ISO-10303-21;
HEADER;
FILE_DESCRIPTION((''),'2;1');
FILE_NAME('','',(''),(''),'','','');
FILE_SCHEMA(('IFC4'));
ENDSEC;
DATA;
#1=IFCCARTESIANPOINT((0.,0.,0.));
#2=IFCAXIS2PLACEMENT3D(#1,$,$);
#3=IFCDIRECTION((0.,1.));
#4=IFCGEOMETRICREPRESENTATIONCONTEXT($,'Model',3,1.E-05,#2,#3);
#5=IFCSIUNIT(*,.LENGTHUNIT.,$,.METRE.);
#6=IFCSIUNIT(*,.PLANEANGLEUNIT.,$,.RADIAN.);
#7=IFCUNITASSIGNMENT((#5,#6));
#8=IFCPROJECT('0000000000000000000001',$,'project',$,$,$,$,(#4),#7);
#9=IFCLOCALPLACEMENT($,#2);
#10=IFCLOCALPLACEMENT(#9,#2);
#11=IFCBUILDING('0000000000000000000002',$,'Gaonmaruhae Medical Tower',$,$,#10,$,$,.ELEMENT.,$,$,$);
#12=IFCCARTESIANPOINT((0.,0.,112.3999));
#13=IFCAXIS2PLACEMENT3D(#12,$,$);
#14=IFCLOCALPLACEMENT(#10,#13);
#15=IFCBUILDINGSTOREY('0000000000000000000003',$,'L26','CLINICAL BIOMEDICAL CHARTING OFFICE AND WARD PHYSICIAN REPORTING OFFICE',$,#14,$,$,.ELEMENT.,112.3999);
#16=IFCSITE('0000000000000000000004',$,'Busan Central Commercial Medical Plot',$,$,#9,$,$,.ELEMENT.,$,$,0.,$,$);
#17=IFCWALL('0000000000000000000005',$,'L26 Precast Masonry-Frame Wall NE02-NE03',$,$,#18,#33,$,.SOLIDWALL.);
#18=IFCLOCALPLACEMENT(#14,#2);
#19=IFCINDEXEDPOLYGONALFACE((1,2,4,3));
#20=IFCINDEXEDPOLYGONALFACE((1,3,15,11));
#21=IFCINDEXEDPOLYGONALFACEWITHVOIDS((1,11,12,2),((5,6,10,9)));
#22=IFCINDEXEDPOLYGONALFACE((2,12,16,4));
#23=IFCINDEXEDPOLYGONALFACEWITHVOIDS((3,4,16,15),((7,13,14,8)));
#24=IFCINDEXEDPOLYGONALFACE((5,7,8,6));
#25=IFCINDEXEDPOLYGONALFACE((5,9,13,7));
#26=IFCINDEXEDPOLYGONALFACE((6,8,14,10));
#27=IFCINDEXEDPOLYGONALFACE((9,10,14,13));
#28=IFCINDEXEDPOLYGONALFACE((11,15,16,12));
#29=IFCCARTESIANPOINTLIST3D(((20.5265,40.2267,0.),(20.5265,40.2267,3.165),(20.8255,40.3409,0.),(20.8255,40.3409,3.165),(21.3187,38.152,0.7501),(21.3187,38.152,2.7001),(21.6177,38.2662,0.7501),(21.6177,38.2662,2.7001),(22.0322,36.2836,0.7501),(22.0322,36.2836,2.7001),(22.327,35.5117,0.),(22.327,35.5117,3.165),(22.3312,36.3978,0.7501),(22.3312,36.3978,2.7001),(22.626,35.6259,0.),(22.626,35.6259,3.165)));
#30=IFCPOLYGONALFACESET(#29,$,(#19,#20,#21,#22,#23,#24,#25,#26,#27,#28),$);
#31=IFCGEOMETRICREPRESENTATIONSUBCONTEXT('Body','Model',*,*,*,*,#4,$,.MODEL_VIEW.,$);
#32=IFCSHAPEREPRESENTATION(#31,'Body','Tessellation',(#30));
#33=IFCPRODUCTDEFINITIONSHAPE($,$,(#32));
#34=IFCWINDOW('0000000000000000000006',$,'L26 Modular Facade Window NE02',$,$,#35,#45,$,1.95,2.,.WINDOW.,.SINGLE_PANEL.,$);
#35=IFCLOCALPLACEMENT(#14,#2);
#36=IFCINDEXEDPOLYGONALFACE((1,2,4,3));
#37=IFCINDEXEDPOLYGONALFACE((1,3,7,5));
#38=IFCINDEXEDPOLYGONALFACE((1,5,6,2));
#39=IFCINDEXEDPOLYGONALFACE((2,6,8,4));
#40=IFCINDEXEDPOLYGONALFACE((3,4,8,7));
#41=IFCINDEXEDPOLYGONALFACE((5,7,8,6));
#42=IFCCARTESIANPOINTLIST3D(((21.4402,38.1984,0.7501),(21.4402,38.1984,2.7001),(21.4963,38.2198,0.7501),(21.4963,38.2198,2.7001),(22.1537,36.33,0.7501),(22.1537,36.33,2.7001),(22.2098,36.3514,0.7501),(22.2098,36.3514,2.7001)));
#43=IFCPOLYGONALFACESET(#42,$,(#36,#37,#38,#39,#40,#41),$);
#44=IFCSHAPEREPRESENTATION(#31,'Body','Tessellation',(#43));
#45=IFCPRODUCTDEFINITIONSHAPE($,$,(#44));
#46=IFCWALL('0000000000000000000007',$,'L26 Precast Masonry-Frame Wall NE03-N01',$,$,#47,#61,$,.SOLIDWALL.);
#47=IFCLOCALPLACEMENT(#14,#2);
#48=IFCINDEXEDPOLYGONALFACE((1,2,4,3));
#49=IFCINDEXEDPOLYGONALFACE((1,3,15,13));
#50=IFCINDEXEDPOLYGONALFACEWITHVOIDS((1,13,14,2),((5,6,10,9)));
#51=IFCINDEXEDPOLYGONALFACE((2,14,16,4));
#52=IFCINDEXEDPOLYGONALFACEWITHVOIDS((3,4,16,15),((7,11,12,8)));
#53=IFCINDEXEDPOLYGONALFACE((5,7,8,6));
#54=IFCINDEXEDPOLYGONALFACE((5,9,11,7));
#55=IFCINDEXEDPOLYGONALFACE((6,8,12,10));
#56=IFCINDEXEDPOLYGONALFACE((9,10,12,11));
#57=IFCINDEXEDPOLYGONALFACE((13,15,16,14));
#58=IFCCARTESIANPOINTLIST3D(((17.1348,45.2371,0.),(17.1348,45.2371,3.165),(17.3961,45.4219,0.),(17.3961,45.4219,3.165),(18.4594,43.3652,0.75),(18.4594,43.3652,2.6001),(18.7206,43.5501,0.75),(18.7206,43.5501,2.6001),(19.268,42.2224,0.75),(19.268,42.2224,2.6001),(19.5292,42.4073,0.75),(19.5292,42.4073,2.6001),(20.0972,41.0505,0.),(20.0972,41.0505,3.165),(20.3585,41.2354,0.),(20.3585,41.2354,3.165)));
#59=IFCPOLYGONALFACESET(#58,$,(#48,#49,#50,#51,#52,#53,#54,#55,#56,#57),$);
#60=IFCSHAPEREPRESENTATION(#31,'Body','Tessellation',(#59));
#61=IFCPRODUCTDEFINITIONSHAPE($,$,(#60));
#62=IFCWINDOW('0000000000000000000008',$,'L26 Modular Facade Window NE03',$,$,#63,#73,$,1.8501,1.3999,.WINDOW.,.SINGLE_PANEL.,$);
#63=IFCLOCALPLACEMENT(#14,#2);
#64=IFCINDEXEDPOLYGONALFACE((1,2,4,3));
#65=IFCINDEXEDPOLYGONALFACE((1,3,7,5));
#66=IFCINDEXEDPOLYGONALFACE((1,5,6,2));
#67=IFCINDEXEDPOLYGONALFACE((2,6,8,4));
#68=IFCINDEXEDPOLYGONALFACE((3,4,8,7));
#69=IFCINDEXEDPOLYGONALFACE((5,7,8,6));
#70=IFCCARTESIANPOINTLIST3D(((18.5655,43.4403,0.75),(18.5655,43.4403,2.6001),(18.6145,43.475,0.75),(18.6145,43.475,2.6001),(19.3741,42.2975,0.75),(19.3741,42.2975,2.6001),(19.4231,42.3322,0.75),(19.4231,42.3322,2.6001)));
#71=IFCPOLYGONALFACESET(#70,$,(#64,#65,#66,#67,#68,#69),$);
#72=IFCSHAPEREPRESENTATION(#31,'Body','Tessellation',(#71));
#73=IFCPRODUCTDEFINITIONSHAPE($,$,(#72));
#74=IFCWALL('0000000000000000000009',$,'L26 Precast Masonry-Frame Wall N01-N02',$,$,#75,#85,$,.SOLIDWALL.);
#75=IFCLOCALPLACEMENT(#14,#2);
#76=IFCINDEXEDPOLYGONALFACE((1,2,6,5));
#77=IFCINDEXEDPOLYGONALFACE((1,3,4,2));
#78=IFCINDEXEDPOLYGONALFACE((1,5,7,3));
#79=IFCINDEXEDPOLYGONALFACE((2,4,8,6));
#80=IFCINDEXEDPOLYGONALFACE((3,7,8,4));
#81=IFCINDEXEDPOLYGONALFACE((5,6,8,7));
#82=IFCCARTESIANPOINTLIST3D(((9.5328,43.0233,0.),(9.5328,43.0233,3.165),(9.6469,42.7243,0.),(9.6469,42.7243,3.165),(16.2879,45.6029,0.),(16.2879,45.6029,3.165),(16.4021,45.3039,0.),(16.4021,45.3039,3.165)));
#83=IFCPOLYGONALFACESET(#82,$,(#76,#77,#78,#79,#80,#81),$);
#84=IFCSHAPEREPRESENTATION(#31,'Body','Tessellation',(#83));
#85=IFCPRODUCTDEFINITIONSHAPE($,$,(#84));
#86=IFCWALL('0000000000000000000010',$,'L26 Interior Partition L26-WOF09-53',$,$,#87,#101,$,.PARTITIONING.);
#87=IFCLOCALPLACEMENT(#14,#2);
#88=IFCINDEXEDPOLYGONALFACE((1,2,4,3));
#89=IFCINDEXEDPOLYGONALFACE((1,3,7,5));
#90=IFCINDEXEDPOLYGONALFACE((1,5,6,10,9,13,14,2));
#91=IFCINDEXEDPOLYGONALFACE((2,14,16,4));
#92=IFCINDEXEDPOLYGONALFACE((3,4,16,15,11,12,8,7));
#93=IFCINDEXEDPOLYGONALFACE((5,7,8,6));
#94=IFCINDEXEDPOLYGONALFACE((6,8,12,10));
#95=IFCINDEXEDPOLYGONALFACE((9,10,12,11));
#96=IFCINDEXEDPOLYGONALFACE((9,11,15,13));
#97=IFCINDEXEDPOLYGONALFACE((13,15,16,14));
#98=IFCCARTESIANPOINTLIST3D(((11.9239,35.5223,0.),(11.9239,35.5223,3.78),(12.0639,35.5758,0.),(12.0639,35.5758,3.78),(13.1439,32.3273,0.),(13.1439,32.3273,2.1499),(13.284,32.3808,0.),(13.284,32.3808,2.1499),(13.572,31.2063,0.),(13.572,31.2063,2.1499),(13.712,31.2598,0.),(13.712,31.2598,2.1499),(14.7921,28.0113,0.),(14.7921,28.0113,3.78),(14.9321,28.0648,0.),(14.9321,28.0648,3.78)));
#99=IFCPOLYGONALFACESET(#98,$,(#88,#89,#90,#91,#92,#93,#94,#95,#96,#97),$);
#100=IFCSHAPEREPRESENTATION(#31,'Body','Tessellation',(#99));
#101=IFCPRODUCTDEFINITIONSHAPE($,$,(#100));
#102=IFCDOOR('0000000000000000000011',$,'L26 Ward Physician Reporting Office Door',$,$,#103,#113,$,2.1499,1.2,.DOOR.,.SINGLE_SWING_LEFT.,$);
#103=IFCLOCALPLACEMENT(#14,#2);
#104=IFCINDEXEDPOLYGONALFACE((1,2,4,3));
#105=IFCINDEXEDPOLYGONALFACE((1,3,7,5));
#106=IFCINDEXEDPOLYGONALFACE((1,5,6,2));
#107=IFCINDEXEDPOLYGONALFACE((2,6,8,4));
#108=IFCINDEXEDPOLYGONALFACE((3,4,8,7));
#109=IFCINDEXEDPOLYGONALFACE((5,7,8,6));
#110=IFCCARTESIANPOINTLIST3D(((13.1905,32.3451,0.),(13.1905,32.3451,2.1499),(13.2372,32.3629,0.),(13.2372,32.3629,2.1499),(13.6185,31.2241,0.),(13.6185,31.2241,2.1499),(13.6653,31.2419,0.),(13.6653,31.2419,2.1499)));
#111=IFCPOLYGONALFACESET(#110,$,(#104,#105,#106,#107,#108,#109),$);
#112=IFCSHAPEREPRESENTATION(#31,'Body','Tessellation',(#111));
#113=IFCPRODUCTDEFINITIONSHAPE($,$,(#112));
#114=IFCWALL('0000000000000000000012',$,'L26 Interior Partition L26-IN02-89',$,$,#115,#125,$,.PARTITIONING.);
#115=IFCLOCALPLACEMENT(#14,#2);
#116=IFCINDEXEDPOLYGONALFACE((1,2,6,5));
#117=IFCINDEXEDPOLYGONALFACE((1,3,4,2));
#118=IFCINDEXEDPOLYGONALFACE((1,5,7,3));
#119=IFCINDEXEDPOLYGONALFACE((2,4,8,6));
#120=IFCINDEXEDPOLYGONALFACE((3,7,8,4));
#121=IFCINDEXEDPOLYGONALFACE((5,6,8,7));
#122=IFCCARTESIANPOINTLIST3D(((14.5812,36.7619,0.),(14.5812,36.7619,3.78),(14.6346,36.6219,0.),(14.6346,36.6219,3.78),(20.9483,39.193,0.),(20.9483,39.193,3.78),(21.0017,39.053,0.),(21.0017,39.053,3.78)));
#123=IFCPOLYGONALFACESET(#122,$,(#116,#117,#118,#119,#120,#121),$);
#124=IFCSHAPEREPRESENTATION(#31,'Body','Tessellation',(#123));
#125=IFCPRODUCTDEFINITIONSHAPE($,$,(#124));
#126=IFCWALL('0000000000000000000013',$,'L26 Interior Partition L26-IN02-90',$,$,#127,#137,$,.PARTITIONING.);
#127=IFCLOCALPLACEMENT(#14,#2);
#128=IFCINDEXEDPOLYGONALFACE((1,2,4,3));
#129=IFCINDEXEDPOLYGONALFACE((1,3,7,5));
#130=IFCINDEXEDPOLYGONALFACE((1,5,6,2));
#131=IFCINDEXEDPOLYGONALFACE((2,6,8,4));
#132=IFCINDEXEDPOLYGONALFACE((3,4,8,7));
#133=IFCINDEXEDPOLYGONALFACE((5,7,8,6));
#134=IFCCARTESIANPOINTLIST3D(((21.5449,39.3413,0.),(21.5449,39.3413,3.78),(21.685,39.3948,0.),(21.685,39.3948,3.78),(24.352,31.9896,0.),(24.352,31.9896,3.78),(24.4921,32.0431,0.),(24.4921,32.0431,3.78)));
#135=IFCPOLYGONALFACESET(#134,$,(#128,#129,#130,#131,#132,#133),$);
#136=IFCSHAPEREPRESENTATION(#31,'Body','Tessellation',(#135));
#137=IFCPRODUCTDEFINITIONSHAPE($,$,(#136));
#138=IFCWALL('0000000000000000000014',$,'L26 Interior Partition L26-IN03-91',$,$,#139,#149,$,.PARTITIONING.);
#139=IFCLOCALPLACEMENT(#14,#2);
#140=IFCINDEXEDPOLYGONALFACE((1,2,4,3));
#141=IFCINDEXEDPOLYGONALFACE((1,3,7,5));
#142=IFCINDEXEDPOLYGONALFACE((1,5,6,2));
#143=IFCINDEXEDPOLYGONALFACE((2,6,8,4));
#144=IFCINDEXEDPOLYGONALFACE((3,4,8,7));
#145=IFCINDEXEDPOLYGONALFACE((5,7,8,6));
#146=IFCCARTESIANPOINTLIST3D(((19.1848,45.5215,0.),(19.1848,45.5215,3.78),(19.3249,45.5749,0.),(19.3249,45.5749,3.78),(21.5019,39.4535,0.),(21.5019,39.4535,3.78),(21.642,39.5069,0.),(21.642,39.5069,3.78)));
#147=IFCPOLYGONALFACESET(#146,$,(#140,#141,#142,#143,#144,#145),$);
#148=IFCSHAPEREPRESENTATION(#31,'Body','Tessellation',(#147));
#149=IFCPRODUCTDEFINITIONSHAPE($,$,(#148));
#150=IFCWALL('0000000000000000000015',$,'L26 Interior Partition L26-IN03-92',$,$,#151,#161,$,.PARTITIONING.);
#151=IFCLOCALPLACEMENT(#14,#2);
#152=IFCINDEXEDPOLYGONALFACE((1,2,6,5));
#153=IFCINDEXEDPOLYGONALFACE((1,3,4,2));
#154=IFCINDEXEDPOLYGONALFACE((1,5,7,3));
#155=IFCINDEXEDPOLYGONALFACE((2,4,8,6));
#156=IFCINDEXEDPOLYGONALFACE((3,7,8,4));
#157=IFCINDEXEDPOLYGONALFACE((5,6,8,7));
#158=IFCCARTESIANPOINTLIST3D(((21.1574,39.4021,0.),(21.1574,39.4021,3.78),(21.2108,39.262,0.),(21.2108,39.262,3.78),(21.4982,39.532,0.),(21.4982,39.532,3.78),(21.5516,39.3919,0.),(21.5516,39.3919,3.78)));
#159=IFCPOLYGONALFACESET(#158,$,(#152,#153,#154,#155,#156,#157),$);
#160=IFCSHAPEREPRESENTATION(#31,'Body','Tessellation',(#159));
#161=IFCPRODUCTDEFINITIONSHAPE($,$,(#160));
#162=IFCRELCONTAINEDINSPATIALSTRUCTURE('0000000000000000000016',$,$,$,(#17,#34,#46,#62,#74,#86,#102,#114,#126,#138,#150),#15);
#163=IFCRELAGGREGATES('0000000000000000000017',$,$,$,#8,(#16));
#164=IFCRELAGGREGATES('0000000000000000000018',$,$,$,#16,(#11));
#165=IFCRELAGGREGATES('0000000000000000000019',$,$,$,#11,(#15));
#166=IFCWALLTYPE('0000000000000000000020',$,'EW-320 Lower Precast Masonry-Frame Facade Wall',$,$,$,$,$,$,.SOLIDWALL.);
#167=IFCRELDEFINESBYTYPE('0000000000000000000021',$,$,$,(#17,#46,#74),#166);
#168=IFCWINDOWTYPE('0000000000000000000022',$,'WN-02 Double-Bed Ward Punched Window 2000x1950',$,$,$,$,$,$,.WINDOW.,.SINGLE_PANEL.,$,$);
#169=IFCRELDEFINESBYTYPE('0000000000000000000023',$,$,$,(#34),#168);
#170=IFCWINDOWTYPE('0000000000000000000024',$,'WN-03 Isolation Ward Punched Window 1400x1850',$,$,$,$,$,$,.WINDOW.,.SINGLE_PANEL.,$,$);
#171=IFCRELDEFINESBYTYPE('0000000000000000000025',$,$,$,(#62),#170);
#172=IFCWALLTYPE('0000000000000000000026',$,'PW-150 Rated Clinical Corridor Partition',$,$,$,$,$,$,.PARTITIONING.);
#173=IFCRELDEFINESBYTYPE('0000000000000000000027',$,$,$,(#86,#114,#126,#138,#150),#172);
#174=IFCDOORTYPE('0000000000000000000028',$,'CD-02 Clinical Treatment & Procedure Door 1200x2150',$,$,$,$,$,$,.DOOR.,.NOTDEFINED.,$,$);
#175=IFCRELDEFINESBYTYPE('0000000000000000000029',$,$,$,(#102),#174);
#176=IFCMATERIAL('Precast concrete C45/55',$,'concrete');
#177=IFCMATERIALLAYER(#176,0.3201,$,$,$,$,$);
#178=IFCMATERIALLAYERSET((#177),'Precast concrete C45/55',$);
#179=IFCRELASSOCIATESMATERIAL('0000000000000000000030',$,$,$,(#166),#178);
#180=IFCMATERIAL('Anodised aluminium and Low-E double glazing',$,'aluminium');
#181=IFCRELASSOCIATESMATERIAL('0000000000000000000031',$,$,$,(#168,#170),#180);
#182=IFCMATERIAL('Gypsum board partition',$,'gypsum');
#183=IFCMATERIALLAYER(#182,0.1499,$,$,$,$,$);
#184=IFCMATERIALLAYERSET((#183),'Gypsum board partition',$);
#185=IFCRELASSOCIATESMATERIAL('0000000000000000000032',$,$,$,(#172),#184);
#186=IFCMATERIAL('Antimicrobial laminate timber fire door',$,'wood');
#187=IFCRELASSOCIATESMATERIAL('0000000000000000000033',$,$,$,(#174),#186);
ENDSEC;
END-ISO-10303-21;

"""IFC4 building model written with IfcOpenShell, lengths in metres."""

from ifc_helpers import new_model, si_unit, direction, frame, frame_2d, origin, place, context, subcontext, project, spatial, rectangle, extrude, material, layer, layer_set, type_object, element, fill, save


model = new_model("IFC4")

# Units and contexts
model_context = context("Model", 3, precision=1e-05, world=origin(), true_north=direction((0.0, 1.0)))
body_context = subcontext(model_context, "Body", "Model", "MODEL_VIEW")
ifc_project = project(units=[si_unit("LENGTHUNIT", "METRE"), si_unit("PLANEANGLEUNIT", "RADIAN")], contexts=[model_context])

# Site, building, storey
site_placement = place(None, origin())
site = spatial("IfcSite", under=ifc_project, at=site_placement, Name="Busan Central Commercial Medical Plot", CompositionType="ELEMENT", RefElevation=0.0)
building_placement = place(site_placement, origin())
building = spatial("IfcBuilding", under=site, at=building_placement, Name="Gaonmaruhae Medical Tower", CompositionType="ELEMENT")
storey_placement = place(building_placement, frame((0.0, 0.0, 112.3999)))
storey = spatial("IfcBuildingStorey", under=building, at=storey_placement, Name="L26", Description="CLINICAL BIOMEDICAL CHARTING OFFICE AND WARD PHYSICIAN REPORTING OFFICE", CompositionType="ELEMENT", Elevation=112.3999)

# Walls, openings, windows
ifc_material_1 = material(Name="Precast concrete C45/55", Category="concrete")
ifc_layer_1 = layer(ifc_material_1, 0.3201)
ifc_layer_set_1 = layer_set([ifc_layer_1], Name="Precast concrete C45/55")
wall_type_1 = type_object("IfcWallType", Name="EW-320 Lower Precast Masonry-Frame Facade Wall", PredefinedType="SOLIDWALL", material=ifc_layer_set_1)
wall_1_placement = place(storey_placement, frame((20.676, 40.2837, 0.0), z_axis=(0.0, 0.0, 1.0), x_axis=(0.356741, -0.934203, 0.0)))
wall_1 = element("IfcWall", 1, at=wall_1_placement, inside=storey, type_object=wall_type_1, Name="L26 Precast Masonry-Frame Wall NE02-NE03", PredefinedType="SOLIDWALL", context=body_context, shape_type="SweptSolid", body=[
    extrude(rectangle(XDim=5.0471, YDim=0.3201, at=frame_2d((2.5234, 0.0))), origin(), (0.0, 0.0, 1.0), 3.165),
])
opening_1_placement = place(wall_1_placement, frame((2.2207, 0.0, 0.75)))
opening_1 = element("IfcOpeningElement", 2, at=opening_1_placement, cuts=wall_1, PredefinedType="OPENING", context=body_context, shape_type="SweptSolid", body=[
    extrude(rectangle(XDim=2.0, YDim=1.95, at=frame_2d((1.0, 0.9751))), frame((0.0, 0.1699, 0.0), z_axis=(0.0, -1.0, 0.0), x_axis=(1.0, 0.0, 0.0)), (0.0, 0.0, 1.0), 0.3401),
])
ifc_material_2 = material(Name="Anodised aluminium and Low-E double glazing", Category="aluminium")
window_type_1 = type_object("IfcWindowType", Name="WN-02 Double-Bed Ward Punched Window 2000x1950", PartitioningType="SINGLE_PANEL", PredefinedType="WINDOW", material=ifc_material_2)
window_1_placement = place(opening_1_placement, origin())
window_1 = element("IfcWindow", 3, at=window_1_placement, inside=storey, type_object=window_type_1, Name="L26 Modular Facade Window NE02", OverallHeight=1.95, OverallWidth=2.0, PartitioningType="SINGLE_PANEL", PredefinedType="WINDOW", context=body_context, shape_type="SweptSolid", body=[
    extrude(rectangle(XDim=2.0, YDim=1.95, at=frame_2d((1.0, 0.9751))), frame((0.0, 0.03, 0.0), z_axis=(0.0, -1.0, 0.0), x_axis=(1.0, 0.0, 0.0)), (0.0, 0.0, 1.0), 0.0601),
])
fill(opening_1, window_1)
wall_2_placement = place(storey_placement, frame((17.2654, 45.3296, 0.0), z_axis=(0.0, 0.0, 1.0), x_axis=(0.577621, -0.816305, 0.0)))
wall_2 = element("IfcWall", 4, at=wall_2_placement, inside=storey, type_object=wall_type_1, Name="L26 Precast Masonry-Frame Wall NE03-N01", PredefinedType="SOLIDWALL", context=body_context, shape_type="SweptSolid", body=[
    extrude(rectangle(XDim=5.1287, YDim=0.3201, at=frame_2d((2.5645, 0.0))), origin(), (0.0, 0.0, 1.0), 3.165),
])
opening_2_placement = place(wall_2_placement, frame((2.2932, 0.0, 0.75)))
opening_2 = element("IfcOpeningElement", 5, at=opening_2_placement, cuts=wall_2, PredefinedType="OPENING", context=body_context, shape_type="SweptSolid", body=[
    extrude(rectangle(XDim=1.3999, YDim=1.8501, at=frame_2d((0.7, 0.925))), frame((0.0, 0.1699, 0.0), z_axis=(0.0, -1.0, 0.0), x_axis=(1.0, 0.0, 0.0)), (0.0, 0.0, 1.0), 0.3401),
])
window_type_2 = type_object("IfcWindowType", Name="WN-03 Isolation Ward Punched Window 1400x1850", PartitioningType="SINGLE_PANEL", PredefinedType="WINDOW", material=ifc_material_2)
window_2_placement = place(opening_2_placement, origin())
window_2 = element("IfcWindow", 6, at=window_2_placement, inside=storey, type_object=window_type_2, Name="L26 Modular Facade Window NE03", OverallHeight=1.8501, OverallWidth=1.3999, PartitioningType="SINGLE_PANEL", PredefinedType="WINDOW", context=body_context, shape_type="SweptSolid", body=[
    extrude(rectangle(XDim=1.3999, YDim=1.8501, at=frame_2d((0.7, 0.925))), frame((0.0, 0.03, 0.0), z_axis=(0.0, -1.0, 0.0), x_axis=(1.0, 0.0, 0.0)), (0.0, 0.0, 1.0), 0.0601),
])
fill(opening_2, window_2)

# Wall
wall_3_placement = place(storey_placement, frame((9.5898, 42.8738, 0.0), z_axis=(0.0, 0.0, 1.0), x_axis=(0.934202, 0.356745, 0.0)))
element("IfcWall", 7, at=wall_3_placement, inside=storey, type_object=wall_type_1, Name="L26 Precast Masonry-Frame Wall N01-N02", PredefinedType="SOLIDWALL", context=body_context, shape_type="SweptSolid", body=[
    extrude(rectangle(XDim=7.231, YDim=0.3201, at=frame_2d((3.6155, 0.0))), origin(), (0.0, 0.0, 1.0), 3.165),
])

# Wall, opening, door
ifc_material_3 = material(Name="Gypsum board partition", Category="gypsum")
ifc_layer_2 = layer(ifc_material_3, 0.1499)
ifc_layer_set_2 = layer_set([ifc_layer_2], Name="Gypsum board partition")
wall_type_2 = type_object("IfcWallType", Name="PW-150 Rated Clinical Corridor Partition", PredefinedType="PARTITIONING", material=ifc_layer_set_2)
wall_4_placement = place(storey_placement, frame((11.9939, 35.5491, 0.0), z_axis=(0.0, 0.0, 1.0), x_axis=(0.356738, -0.934205, 0.0)))
wall_4 = element("IfcWall", 8, at=wall_4_placement, inside=storey, type_object=wall_type_2, Name="L26 Interior Partition L26-WOF09-53", PredefinedType="PARTITIONING", context=body_context, shape_type="SweptSolid", body=[
    extrude(rectangle(XDim=8.04, YDim=0.1499, at=frame_2d((4.02, 0.0))), origin(), (0.0, 0.0, 1.0), 3.78),
])
opening_3_placement = place(wall_4_placement, frame((3.4199, 0.0, 0.0)))
opening_3 = element("IfcOpeningElement", 9, at=opening_3_placement, cuts=wall_4, PredefinedType="OPENING", context=body_context, shape_type="SweptSolid", body=[
    extrude(rectangle(XDim=1.2, YDim=2.1499, at=frame_2d((0.6001, 1.075))), frame((0.0, 0.085, 0.0), z_axis=(0.0, -1.0, 0.0), x_axis=(1.0, 0.0, 0.0)), (0.0, 0.0, 1.0), 0.1699),
])
ifc_material_4 = material(Name="Antimicrobial laminate timber fire door", Category="wood")
door_type_1 = type_object("IfcDoorType", Name="CD-02 Clinical Treatment & Procedure Door 1200x2150", OperationType="NOTDEFINED", PredefinedType="DOOR", material=ifc_material_4)
door_1_placement = place(opening_3_placement, origin())
door_1 = element("IfcDoor", 10, at=door_1_placement, inside=storey, type_object=door_type_1, Name="L26 Ward Physician Reporting Office Door", OperationType="SINGLE_SWING_LEFT", OverallHeight=2.1499, OverallWidth=1.2, PredefinedType="DOOR", context=body_context, shape_type="SweptSolid", body=[
    extrude(rectangle(XDim=1.2, YDim=2.1499, at=frame_2d((0.6001, 1.075))), frame((0.0, 0.0249, 0.0), z_axis=(0.0, -1.0, 0.0), x_axis=(1.0, 0.0, 0.0)), (0.0, 0.0, 1.0), 0.05),
])
fill(opening_3, door_1)

# Walls
wall_5_placement = place(storey_placement, frame((14.6079, 36.6919, 0.0), z_axis=(0.0, 0.0, 1.0), x_axis=(0.934216, 0.356707, 0.0)))
element("IfcWall", 11, at=wall_5_placement, inside=storey, type_object=wall_type_2, Name="L26 Interior Partition L26-IN02-89", PredefinedType="PARTITIONING", context=body_context, shape_type="SweptSolid", body=[
    extrude(rectangle(XDim=6.8154, YDim=0.1499, at=frame_2d((3.4077, 0.0))), origin(), (0.0, 0.0, 1.0), 3.78),
])
wall_6_placement = place(storey_placement, frame((21.615, 39.3679, 0.0), z_axis=(0.0, 0.0, 1.0), x_axis=(0.35671, -0.934215, 0.0)))
element("IfcWall", 12, at=wall_6_placement, inside=storey, type_object=wall_type_2, Name="L26 Interior Partition L26-IN02-90", PredefinedType="PARTITIONING", context=body_context, shape_type="SweptSolid", body=[
    extrude(rectangle(XDim=7.8694, YDim=0.1499, at=frame_2d((3.9346, 0.0))), origin(), (0.0, 0.0, 1.0), 3.78),
])
wall_7_placement = place(storey_placement, frame((19.2549, 45.5481, 0.0), z_axis=(0.0, 0.0, 1.0), x_axis=(0.356731, -0.934207, 0.0)))
element("IfcWall", 13, at=wall_7_placement, inside=storey, type_object=wall_type_2, Name="L26 Interior Partition L26-IN03-91", PredefinedType="PARTITIONING", context=body_context, shape_type="SweptSolid", body=[
    extrude(rectangle(XDim=6.4954, YDim=0.1499, at=frame_2d((3.2476, 0.0))), origin(), (0.0, 0.0, 1.0), 3.78),
])
wall_8_placement = place(storey_placement, frame((21.5249, 39.4619, 0.0), z_axis=(0.0, 0.0, 1.0), x_axis=(-0.934445, -0.356107, 0.0)))
element("IfcWall", 14, at=wall_8_placement, inside=storey, type_object=wall_type_2, Name="L26 Interior Partition L26-IN03-92", PredefinedType="PARTITIONING", context=body_context, shape_type="SweptSolid", body=[
    extrude(rectangle(XDim=0.3647, YDim=0.1499, at=frame_2d((0.1824, 0.0))), origin(), (0.0, 0.0, 1.0), 3.78),
])

save(model, "model.ifc")
